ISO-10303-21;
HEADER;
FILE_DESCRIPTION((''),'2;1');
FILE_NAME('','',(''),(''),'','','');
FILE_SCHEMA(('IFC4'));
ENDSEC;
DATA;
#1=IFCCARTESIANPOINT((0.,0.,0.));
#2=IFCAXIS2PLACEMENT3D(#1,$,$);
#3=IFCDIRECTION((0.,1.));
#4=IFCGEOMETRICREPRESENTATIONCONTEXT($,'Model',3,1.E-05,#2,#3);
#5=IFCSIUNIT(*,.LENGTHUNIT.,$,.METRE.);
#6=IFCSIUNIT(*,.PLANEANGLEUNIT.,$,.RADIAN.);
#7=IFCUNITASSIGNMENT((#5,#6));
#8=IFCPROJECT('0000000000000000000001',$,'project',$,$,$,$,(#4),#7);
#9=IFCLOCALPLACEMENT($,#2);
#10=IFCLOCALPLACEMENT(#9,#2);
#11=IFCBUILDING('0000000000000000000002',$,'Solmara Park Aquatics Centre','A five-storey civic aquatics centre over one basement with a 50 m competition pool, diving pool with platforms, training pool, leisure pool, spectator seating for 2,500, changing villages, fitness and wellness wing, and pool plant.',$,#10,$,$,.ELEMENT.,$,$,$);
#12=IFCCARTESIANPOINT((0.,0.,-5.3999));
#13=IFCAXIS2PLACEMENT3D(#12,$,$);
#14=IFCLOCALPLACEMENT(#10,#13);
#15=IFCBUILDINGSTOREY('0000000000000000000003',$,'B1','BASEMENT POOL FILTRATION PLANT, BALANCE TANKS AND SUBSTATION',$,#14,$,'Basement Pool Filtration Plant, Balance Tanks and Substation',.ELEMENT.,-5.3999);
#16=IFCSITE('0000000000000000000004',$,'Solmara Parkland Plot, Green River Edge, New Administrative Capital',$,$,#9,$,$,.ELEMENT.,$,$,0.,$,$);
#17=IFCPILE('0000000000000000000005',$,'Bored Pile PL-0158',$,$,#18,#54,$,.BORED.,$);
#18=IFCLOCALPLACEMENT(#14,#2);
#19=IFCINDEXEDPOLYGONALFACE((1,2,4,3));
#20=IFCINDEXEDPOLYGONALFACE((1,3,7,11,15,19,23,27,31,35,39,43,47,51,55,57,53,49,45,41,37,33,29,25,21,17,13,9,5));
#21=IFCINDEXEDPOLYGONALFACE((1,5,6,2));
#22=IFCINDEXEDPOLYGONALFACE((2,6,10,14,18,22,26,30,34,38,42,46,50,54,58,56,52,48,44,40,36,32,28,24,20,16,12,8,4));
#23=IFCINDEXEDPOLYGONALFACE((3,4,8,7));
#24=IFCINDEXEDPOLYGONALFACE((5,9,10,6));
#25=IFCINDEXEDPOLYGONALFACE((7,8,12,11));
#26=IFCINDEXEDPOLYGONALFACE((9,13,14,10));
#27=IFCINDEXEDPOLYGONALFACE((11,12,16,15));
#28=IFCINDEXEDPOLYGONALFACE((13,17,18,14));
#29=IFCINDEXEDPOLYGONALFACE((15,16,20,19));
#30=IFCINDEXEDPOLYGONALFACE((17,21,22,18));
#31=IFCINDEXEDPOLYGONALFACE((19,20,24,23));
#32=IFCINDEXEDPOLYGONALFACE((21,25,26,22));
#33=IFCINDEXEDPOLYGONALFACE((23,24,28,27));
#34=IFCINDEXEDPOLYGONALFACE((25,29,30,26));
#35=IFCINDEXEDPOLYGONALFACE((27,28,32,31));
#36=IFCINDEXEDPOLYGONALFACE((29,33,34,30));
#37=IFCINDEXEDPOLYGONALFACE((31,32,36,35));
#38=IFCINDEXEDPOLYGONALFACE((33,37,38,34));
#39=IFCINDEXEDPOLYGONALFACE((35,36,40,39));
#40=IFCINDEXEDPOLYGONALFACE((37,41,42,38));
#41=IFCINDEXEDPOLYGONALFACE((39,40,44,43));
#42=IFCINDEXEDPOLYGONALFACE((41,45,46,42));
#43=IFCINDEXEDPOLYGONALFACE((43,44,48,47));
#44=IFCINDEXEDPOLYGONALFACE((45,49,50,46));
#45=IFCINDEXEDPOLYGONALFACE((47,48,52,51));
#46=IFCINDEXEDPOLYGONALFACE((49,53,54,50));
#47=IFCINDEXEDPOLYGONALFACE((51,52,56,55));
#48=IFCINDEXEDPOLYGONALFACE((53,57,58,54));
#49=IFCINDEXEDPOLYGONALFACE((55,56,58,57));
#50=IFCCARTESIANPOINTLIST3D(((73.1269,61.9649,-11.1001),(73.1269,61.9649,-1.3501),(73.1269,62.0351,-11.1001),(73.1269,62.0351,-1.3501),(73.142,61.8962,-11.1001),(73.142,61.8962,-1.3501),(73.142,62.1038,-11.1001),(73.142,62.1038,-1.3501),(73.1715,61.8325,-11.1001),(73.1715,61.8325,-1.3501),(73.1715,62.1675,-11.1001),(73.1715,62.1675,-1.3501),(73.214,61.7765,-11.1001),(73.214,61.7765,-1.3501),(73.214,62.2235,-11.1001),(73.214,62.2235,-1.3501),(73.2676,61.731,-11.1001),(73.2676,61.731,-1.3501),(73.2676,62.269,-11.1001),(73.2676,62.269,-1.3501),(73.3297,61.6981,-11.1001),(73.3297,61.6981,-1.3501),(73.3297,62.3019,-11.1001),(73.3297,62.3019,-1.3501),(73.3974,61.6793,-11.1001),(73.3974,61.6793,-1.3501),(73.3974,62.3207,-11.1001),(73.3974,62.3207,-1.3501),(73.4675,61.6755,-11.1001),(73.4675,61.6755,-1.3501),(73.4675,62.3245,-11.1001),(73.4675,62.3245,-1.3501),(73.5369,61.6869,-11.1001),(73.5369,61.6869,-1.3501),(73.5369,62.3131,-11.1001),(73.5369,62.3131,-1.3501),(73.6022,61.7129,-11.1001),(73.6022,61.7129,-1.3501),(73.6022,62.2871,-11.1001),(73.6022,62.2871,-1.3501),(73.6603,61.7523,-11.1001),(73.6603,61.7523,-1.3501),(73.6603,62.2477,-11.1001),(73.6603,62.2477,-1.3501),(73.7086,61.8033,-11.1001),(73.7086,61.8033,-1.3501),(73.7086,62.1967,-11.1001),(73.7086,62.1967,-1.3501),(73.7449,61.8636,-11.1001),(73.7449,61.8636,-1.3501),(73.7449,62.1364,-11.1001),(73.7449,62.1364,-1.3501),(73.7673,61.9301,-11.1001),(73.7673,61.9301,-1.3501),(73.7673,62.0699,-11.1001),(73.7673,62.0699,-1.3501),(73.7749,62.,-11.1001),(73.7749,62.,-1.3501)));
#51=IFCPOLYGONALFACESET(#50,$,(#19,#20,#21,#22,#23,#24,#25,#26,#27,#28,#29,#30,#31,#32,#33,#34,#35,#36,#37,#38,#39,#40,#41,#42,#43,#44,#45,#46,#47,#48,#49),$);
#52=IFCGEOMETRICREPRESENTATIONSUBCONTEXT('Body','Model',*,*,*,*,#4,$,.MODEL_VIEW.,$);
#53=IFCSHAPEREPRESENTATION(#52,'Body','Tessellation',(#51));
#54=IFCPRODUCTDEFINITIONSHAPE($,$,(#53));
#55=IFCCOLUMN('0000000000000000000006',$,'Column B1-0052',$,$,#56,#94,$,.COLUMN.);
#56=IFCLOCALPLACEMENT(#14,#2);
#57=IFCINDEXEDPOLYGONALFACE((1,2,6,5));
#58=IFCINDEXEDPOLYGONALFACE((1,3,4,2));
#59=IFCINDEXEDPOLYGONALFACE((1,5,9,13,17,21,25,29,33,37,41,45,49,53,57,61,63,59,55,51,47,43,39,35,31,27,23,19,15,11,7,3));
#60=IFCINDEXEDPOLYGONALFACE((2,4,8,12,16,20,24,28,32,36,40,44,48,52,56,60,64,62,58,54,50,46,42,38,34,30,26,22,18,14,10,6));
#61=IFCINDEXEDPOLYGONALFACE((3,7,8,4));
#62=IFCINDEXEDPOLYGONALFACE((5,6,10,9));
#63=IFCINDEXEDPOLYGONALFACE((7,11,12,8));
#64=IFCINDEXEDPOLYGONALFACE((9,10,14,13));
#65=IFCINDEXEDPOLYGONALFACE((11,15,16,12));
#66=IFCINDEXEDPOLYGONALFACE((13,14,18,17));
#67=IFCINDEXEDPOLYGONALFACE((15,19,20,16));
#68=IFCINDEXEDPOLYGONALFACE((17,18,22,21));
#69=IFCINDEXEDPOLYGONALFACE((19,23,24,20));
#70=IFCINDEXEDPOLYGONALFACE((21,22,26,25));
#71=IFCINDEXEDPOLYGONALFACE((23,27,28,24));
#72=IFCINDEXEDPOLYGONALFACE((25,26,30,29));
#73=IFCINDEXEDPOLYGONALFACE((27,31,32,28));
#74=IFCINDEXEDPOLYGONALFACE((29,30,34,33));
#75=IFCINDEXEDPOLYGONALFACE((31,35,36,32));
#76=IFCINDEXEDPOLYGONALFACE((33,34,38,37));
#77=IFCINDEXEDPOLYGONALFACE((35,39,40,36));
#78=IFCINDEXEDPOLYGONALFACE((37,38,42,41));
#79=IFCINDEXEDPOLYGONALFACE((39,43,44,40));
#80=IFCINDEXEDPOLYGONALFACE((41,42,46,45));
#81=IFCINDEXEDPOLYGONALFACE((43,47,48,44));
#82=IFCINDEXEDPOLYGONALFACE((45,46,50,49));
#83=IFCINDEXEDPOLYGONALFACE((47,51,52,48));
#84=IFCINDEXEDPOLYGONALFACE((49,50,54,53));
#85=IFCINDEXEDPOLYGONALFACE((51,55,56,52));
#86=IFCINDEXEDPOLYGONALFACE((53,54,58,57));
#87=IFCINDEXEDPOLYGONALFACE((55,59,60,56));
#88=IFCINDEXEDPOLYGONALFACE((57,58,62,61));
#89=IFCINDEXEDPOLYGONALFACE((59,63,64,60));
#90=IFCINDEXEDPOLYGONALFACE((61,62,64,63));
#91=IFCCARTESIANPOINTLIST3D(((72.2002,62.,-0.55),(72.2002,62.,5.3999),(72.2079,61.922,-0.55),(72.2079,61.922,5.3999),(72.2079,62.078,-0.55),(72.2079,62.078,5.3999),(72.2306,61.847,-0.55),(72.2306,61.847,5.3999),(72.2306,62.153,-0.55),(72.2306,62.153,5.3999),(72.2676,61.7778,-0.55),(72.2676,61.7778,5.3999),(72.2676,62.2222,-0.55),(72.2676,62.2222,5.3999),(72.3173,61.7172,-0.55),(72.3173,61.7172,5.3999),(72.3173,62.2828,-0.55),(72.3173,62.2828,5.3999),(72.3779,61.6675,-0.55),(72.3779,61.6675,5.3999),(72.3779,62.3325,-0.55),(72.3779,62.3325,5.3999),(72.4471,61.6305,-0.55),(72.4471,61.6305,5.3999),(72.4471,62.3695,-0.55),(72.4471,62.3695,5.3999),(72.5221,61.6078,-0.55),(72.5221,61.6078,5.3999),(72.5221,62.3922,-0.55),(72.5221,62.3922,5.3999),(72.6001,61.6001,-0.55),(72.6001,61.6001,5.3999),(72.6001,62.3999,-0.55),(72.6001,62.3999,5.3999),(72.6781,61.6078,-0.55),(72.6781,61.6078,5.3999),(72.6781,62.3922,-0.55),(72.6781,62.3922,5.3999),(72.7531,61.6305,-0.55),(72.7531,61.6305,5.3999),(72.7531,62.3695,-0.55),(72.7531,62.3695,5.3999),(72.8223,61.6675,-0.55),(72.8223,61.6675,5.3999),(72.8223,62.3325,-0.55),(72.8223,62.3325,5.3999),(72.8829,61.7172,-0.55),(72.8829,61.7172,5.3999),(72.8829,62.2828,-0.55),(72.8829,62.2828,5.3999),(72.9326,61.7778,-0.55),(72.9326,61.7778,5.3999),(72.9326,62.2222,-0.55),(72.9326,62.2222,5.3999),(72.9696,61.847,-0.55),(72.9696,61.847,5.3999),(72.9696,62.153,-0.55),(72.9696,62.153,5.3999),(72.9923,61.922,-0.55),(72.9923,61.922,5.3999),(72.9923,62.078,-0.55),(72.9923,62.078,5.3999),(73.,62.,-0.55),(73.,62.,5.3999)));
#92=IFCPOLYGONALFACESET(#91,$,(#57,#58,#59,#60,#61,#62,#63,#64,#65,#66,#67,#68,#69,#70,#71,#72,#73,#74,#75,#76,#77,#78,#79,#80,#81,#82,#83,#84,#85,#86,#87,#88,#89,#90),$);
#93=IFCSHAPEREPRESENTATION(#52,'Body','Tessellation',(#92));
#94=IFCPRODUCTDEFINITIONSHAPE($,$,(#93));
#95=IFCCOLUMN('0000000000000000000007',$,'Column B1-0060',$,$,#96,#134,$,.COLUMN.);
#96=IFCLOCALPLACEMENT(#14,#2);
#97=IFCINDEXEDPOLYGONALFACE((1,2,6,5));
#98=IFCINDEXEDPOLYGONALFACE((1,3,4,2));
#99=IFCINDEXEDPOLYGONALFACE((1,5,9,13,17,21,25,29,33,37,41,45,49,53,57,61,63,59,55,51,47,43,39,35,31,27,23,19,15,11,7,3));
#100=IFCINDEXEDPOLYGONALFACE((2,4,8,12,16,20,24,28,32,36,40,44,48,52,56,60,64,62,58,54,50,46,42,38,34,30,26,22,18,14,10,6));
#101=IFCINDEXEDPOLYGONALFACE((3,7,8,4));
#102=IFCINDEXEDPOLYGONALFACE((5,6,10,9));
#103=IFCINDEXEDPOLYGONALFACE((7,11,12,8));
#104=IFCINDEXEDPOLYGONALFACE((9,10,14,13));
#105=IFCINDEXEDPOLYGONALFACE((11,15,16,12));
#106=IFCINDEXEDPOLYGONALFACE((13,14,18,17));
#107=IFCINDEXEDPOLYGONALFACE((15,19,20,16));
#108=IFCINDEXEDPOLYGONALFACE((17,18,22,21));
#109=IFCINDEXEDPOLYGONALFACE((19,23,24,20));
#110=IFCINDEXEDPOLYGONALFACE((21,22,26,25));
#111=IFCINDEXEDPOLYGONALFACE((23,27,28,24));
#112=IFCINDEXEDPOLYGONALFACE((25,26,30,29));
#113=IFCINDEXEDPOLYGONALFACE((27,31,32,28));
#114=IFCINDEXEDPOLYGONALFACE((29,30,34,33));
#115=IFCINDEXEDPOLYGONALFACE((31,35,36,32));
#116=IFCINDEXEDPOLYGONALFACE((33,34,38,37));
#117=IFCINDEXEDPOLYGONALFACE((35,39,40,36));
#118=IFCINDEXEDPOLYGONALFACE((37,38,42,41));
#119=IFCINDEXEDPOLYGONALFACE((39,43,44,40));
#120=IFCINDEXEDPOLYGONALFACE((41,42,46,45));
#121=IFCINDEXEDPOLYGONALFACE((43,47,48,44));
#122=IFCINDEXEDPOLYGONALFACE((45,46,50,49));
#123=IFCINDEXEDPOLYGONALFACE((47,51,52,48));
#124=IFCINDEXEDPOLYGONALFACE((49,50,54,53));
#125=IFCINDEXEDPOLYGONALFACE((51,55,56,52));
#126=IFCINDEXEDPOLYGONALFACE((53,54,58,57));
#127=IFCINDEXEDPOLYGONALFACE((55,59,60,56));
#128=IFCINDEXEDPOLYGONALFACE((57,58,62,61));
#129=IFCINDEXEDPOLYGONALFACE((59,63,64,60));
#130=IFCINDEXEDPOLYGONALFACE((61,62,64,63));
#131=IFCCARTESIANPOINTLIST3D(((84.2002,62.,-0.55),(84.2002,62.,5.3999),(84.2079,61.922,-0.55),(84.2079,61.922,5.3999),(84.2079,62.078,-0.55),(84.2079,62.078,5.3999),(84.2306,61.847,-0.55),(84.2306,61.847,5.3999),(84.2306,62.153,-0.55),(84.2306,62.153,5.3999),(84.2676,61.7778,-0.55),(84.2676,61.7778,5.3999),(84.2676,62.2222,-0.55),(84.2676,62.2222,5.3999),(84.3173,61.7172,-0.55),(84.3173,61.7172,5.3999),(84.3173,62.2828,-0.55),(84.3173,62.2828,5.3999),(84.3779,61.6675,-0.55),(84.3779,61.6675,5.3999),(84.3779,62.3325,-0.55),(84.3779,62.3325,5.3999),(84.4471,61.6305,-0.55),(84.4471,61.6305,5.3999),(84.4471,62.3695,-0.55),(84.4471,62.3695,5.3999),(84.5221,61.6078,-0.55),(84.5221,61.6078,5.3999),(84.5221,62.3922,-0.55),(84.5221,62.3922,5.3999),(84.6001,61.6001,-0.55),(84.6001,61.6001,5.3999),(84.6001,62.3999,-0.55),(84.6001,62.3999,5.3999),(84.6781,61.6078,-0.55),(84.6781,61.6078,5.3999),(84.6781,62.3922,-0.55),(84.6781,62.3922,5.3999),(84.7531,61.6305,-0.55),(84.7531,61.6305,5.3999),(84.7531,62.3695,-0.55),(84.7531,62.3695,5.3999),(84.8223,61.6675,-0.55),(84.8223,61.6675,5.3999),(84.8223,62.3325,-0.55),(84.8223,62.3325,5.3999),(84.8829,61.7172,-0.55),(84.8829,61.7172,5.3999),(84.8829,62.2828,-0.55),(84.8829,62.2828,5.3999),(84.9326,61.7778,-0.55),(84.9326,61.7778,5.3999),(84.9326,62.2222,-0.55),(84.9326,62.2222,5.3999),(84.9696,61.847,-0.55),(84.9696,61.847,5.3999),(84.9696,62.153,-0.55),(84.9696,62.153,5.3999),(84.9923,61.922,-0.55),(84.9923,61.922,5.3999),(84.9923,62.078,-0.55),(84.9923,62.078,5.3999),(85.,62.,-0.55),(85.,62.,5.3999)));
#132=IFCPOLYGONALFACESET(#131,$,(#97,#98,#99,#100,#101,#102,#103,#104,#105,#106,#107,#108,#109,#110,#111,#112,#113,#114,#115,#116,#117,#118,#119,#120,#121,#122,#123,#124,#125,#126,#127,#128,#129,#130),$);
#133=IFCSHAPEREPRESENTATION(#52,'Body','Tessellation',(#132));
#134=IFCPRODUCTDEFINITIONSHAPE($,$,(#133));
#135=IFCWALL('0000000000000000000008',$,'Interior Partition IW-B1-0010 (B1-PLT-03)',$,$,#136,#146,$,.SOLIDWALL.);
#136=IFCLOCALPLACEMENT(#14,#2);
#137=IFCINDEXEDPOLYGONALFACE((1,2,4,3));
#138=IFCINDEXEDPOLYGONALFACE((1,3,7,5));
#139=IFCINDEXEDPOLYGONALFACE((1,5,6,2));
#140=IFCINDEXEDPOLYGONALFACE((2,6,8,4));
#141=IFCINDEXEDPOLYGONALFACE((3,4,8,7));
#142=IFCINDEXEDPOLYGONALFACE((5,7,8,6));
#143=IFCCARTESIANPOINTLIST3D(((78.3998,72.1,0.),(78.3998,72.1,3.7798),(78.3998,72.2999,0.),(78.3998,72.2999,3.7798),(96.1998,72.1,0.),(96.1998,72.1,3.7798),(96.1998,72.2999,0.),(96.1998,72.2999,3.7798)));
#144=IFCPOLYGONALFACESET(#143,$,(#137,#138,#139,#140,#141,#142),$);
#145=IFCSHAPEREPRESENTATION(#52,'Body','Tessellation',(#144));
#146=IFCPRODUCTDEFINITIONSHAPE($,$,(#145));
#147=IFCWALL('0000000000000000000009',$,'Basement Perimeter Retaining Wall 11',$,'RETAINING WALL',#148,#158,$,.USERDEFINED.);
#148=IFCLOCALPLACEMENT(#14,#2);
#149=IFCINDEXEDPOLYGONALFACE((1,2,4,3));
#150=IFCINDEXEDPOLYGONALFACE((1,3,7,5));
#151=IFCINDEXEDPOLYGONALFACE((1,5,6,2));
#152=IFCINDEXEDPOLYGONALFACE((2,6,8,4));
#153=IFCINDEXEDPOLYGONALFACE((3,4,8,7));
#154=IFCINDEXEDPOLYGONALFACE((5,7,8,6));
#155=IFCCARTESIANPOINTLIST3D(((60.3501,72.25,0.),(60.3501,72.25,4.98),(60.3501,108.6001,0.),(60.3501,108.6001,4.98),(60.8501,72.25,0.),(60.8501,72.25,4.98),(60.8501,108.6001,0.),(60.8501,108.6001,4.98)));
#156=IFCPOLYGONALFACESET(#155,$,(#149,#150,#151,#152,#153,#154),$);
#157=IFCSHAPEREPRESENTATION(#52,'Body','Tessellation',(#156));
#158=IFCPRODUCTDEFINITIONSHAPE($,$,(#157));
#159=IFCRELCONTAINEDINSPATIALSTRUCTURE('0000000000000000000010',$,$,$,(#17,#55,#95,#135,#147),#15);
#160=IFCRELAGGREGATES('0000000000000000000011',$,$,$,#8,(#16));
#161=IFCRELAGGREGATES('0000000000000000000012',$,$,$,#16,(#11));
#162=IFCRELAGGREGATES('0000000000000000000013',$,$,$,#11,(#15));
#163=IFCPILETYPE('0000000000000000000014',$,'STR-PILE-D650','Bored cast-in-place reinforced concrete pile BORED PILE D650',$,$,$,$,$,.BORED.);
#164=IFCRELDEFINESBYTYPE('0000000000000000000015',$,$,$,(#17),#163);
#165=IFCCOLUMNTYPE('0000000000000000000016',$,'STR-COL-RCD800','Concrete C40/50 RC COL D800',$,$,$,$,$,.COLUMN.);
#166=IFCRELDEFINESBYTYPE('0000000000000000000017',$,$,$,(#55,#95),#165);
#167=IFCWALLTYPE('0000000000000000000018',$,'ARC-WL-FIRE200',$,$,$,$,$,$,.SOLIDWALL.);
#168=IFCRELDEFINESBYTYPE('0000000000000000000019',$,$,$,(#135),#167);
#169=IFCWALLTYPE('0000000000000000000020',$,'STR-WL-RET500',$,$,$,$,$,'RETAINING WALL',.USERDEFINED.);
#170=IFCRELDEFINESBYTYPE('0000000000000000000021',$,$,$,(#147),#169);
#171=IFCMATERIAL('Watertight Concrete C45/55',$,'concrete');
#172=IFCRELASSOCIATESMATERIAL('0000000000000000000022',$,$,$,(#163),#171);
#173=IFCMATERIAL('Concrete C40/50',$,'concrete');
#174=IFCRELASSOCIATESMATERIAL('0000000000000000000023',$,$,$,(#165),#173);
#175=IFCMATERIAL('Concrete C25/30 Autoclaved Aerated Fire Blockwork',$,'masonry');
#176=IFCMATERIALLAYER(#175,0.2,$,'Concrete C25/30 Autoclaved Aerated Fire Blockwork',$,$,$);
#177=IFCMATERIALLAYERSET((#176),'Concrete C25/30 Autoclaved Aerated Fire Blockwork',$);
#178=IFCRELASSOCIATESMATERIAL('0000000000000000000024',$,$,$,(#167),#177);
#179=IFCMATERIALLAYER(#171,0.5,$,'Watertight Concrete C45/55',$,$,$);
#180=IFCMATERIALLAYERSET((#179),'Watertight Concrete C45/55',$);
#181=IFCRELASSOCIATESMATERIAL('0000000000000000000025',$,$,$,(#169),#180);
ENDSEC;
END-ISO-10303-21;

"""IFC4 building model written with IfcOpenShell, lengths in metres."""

from ifc_helpers import new_model, si_unit, direction, frame, frame_2d, origin, origin_2d, place, context, subcontext, project, spatial, rectangle, circle, extrude, material, layer, layer_set, material_profile, profile_set, type_object, element, save


model = new_model("IFC4")

# Units and contexts
model_context = context("Model", 3, precision=1e-05, world=origin(), true_north=direction((0.0, 1.0)))
body_context = subcontext(model_context, "Body", "Model", "MODEL_VIEW")
ifc_project = project(units=[si_unit("LENGTHUNIT", "METRE"), si_unit("PLANEANGLEUNIT", "RADIAN")], contexts=[model_context])

# Site, building, storey
site_placement = place(None, origin())
site = spatial("IfcSite", under=ifc_project, at=site_placement, Name="Solmara Parkland Plot, Green River Edge, New Administrative Capital", CompositionType="ELEMENT", RefElevation=0.0)
building_placement = place(site_placement, origin())
building = spatial("IfcBuilding", under=site, at=building_placement, Name="Solmara Park Aquatics Centre", Description="A five-storey civic aquatics centre over one basement with a 50 m competition pool, diving pool with platforms, training pool, leisure pool, spectator seating for 2,500, changing villages, fitness and wellness wing, and pool plant.", CompositionType="ELEMENT")
storey_placement = place(building_placement, frame((0.0, 0.0, -5.3999)))
storey = spatial("IfcBuildingStorey", under=building, at=storey_placement, Name="B1", Description="BASEMENT POOL FILTRATION PLANT, BALANCE TANKS AND SUBSTATION", LongName="Basement Pool Filtration Plant, Balance Tanks and Substation", CompositionType="ELEMENT", Elevation=-5.3999)

# Shared definitions
ifc_material_1 = material(Name="Watertight Concrete C45/55", Category="concrete")

# Pile
ifc_material_profile_1 = material_profile(ifc_material_1, circle(Radius=0.325, at=origin_2d()), Name="BORED PILE D650")
ifc_profile_set_1 = profile_set([ifc_material_profile_1], Name="Watertight Concrete C45/55")
pile_type_1 = type_object("IfcPileType", Name="STR-PILE-D650", Description="Bored cast-in-place reinforced concrete pile BORED PILE D650", PredefinedType="BORED", material=ifc_profile_set_1)
pile_placement = place(storey_placement, frame((73.45, 62.0, -1.3501), z_axis=(0.0, 0.0, -1.0), x_axis=(1.0, 0.0, 0.0)))
element("IfcPile", 1, at=pile_placement, inside=storey, type_object=pile_type_1, Name="Bored Pile PL-0158", PredefinedType="BORED", context=body_context, shape_type="SweptSolid", body=[
    extrude(circle(Radius=0.325, at=origin_2d()), origin(), (0.0, 0.0, 1.0), 9.75),
])

# Columns
ifc_material_2 = material(Name="Concrete C40/50", Category="concrete")
ifc_material_profile_2 = material_profile(ifc_material_2, circle(Radius=0.3999, at=origin_2d()), Name="RC COL D800")
ifc_profile_set_2 = profile_set([ifc_material_profile_2], Name="Concrete C40/50")
column_type = type_object("IfcColumnType", Name="STR-COL-RCD800", Description="Concrete C40/50 RC COL D800", PredefinedType="COLUMN", material=ifc_profile_set_2)
for number, where, z_axis, x_axis, name in (
    (2, (72.6001, 62.0, -0.55), (0.0, 0.0, 1.0), (1.0, 0.0, 0.0), "Column B1-0052"),
    (3, (84.6001, 62.0, -0.55), (0.0, 0.0, 1.0), (1.0, 0.0, 0.0), "Column B1-0060"),
):
    element("IfcColumn", number, at=place(storey_placement, frame(where, z_axis=z_axis, x_axis=x_axis)), inside=storey, type_object=column_type, Name=name, PredefinedType="COLUMN", context=body_context, shape_type="SweptSolid", body=[
        extrude(circle(Radius=0.3999, at=origin_2d()), origin(), (0.0, 0.0, 1.0), 5.95),
    ])

# Walls
ifc_material_3 = material(Name="Concrete C25/30 Autoclaved Aerated Fire Blockwork", Category="masonry")
ifc_layer_1 = layer(ifc_material_3, 0.2, Name="Concrete C25/30 Autoclaved Aerated Fire Blockwork")
ifc_layer_set_1 = layer_set([ifc_layer_1], Name="Concrete C25/30 Autoclaved Aerated Fire Blockwork")
wall_type_1 = type_object("IfcWallType", Name="ARC-WL-FIRE200", PredefinedType="SOLIDWALL", material=ifc_layer_set_1)
wall_1_placement = place(storey_placement, frame((78.3999, 72.2, 0.0), z_axis=(0.0, 0.0, 1.0), x_axis=(1.0, 0.0, 0.0)))
element("IfcWall", 4, at=wall_1_placement, inside=storey, type_object=wall_type_1, Name="Interior Partition IW-B1-0010 (B1-PLT-03)", PredefinedType="SOLIDWALL", context=body_context, shape_type="SweptSolid", body=[
    extrude(rectangle(XDim=17.8, YDim=0.2, at=frame_2d((8.8999, 0.0))), origin(), (0.0, 0.0, 1.0), 3.7798),
])
ifc_layer_2 = layer(ifc_material_1, 0.5, Name="Watertight Concrete C45/55")
ifc_layer_set_2 = layer_set([ifc_layer_2], Name="Watertight Concrete C45/55")
wall_type_2 = type_object("IfcWallType", Name="STR-WL-RET500", ElementType="RETAINING WALL", PredefinedType="USERDEFINED", material=ifc_layer_set_2)
wall_2_placement = place(storey_placement, frame((60.6001, 72.25, 0.0), z_axis=(0.0, 0.0, 1.0), x_axis=(0.0, 1.0, 0.0)))
element("IfcWall", 5, at=wall_2_placement, inside=storey, type_object=wall_type_2, Name="Basement Perimeter Retaining Wall 11", ObjectType="RETAINING WALL", PredefinedType="USERDEFINED", context=body_context, shape_type="SweptSolid", body=[
    extrude(rectangle(XDim=36.3501, YDim=0.5, at=frame_2d((18.175, 0.0))), origin(), (0.0, 0.0, 1.0), 4.98),
])

save(model, "model.ifc")
